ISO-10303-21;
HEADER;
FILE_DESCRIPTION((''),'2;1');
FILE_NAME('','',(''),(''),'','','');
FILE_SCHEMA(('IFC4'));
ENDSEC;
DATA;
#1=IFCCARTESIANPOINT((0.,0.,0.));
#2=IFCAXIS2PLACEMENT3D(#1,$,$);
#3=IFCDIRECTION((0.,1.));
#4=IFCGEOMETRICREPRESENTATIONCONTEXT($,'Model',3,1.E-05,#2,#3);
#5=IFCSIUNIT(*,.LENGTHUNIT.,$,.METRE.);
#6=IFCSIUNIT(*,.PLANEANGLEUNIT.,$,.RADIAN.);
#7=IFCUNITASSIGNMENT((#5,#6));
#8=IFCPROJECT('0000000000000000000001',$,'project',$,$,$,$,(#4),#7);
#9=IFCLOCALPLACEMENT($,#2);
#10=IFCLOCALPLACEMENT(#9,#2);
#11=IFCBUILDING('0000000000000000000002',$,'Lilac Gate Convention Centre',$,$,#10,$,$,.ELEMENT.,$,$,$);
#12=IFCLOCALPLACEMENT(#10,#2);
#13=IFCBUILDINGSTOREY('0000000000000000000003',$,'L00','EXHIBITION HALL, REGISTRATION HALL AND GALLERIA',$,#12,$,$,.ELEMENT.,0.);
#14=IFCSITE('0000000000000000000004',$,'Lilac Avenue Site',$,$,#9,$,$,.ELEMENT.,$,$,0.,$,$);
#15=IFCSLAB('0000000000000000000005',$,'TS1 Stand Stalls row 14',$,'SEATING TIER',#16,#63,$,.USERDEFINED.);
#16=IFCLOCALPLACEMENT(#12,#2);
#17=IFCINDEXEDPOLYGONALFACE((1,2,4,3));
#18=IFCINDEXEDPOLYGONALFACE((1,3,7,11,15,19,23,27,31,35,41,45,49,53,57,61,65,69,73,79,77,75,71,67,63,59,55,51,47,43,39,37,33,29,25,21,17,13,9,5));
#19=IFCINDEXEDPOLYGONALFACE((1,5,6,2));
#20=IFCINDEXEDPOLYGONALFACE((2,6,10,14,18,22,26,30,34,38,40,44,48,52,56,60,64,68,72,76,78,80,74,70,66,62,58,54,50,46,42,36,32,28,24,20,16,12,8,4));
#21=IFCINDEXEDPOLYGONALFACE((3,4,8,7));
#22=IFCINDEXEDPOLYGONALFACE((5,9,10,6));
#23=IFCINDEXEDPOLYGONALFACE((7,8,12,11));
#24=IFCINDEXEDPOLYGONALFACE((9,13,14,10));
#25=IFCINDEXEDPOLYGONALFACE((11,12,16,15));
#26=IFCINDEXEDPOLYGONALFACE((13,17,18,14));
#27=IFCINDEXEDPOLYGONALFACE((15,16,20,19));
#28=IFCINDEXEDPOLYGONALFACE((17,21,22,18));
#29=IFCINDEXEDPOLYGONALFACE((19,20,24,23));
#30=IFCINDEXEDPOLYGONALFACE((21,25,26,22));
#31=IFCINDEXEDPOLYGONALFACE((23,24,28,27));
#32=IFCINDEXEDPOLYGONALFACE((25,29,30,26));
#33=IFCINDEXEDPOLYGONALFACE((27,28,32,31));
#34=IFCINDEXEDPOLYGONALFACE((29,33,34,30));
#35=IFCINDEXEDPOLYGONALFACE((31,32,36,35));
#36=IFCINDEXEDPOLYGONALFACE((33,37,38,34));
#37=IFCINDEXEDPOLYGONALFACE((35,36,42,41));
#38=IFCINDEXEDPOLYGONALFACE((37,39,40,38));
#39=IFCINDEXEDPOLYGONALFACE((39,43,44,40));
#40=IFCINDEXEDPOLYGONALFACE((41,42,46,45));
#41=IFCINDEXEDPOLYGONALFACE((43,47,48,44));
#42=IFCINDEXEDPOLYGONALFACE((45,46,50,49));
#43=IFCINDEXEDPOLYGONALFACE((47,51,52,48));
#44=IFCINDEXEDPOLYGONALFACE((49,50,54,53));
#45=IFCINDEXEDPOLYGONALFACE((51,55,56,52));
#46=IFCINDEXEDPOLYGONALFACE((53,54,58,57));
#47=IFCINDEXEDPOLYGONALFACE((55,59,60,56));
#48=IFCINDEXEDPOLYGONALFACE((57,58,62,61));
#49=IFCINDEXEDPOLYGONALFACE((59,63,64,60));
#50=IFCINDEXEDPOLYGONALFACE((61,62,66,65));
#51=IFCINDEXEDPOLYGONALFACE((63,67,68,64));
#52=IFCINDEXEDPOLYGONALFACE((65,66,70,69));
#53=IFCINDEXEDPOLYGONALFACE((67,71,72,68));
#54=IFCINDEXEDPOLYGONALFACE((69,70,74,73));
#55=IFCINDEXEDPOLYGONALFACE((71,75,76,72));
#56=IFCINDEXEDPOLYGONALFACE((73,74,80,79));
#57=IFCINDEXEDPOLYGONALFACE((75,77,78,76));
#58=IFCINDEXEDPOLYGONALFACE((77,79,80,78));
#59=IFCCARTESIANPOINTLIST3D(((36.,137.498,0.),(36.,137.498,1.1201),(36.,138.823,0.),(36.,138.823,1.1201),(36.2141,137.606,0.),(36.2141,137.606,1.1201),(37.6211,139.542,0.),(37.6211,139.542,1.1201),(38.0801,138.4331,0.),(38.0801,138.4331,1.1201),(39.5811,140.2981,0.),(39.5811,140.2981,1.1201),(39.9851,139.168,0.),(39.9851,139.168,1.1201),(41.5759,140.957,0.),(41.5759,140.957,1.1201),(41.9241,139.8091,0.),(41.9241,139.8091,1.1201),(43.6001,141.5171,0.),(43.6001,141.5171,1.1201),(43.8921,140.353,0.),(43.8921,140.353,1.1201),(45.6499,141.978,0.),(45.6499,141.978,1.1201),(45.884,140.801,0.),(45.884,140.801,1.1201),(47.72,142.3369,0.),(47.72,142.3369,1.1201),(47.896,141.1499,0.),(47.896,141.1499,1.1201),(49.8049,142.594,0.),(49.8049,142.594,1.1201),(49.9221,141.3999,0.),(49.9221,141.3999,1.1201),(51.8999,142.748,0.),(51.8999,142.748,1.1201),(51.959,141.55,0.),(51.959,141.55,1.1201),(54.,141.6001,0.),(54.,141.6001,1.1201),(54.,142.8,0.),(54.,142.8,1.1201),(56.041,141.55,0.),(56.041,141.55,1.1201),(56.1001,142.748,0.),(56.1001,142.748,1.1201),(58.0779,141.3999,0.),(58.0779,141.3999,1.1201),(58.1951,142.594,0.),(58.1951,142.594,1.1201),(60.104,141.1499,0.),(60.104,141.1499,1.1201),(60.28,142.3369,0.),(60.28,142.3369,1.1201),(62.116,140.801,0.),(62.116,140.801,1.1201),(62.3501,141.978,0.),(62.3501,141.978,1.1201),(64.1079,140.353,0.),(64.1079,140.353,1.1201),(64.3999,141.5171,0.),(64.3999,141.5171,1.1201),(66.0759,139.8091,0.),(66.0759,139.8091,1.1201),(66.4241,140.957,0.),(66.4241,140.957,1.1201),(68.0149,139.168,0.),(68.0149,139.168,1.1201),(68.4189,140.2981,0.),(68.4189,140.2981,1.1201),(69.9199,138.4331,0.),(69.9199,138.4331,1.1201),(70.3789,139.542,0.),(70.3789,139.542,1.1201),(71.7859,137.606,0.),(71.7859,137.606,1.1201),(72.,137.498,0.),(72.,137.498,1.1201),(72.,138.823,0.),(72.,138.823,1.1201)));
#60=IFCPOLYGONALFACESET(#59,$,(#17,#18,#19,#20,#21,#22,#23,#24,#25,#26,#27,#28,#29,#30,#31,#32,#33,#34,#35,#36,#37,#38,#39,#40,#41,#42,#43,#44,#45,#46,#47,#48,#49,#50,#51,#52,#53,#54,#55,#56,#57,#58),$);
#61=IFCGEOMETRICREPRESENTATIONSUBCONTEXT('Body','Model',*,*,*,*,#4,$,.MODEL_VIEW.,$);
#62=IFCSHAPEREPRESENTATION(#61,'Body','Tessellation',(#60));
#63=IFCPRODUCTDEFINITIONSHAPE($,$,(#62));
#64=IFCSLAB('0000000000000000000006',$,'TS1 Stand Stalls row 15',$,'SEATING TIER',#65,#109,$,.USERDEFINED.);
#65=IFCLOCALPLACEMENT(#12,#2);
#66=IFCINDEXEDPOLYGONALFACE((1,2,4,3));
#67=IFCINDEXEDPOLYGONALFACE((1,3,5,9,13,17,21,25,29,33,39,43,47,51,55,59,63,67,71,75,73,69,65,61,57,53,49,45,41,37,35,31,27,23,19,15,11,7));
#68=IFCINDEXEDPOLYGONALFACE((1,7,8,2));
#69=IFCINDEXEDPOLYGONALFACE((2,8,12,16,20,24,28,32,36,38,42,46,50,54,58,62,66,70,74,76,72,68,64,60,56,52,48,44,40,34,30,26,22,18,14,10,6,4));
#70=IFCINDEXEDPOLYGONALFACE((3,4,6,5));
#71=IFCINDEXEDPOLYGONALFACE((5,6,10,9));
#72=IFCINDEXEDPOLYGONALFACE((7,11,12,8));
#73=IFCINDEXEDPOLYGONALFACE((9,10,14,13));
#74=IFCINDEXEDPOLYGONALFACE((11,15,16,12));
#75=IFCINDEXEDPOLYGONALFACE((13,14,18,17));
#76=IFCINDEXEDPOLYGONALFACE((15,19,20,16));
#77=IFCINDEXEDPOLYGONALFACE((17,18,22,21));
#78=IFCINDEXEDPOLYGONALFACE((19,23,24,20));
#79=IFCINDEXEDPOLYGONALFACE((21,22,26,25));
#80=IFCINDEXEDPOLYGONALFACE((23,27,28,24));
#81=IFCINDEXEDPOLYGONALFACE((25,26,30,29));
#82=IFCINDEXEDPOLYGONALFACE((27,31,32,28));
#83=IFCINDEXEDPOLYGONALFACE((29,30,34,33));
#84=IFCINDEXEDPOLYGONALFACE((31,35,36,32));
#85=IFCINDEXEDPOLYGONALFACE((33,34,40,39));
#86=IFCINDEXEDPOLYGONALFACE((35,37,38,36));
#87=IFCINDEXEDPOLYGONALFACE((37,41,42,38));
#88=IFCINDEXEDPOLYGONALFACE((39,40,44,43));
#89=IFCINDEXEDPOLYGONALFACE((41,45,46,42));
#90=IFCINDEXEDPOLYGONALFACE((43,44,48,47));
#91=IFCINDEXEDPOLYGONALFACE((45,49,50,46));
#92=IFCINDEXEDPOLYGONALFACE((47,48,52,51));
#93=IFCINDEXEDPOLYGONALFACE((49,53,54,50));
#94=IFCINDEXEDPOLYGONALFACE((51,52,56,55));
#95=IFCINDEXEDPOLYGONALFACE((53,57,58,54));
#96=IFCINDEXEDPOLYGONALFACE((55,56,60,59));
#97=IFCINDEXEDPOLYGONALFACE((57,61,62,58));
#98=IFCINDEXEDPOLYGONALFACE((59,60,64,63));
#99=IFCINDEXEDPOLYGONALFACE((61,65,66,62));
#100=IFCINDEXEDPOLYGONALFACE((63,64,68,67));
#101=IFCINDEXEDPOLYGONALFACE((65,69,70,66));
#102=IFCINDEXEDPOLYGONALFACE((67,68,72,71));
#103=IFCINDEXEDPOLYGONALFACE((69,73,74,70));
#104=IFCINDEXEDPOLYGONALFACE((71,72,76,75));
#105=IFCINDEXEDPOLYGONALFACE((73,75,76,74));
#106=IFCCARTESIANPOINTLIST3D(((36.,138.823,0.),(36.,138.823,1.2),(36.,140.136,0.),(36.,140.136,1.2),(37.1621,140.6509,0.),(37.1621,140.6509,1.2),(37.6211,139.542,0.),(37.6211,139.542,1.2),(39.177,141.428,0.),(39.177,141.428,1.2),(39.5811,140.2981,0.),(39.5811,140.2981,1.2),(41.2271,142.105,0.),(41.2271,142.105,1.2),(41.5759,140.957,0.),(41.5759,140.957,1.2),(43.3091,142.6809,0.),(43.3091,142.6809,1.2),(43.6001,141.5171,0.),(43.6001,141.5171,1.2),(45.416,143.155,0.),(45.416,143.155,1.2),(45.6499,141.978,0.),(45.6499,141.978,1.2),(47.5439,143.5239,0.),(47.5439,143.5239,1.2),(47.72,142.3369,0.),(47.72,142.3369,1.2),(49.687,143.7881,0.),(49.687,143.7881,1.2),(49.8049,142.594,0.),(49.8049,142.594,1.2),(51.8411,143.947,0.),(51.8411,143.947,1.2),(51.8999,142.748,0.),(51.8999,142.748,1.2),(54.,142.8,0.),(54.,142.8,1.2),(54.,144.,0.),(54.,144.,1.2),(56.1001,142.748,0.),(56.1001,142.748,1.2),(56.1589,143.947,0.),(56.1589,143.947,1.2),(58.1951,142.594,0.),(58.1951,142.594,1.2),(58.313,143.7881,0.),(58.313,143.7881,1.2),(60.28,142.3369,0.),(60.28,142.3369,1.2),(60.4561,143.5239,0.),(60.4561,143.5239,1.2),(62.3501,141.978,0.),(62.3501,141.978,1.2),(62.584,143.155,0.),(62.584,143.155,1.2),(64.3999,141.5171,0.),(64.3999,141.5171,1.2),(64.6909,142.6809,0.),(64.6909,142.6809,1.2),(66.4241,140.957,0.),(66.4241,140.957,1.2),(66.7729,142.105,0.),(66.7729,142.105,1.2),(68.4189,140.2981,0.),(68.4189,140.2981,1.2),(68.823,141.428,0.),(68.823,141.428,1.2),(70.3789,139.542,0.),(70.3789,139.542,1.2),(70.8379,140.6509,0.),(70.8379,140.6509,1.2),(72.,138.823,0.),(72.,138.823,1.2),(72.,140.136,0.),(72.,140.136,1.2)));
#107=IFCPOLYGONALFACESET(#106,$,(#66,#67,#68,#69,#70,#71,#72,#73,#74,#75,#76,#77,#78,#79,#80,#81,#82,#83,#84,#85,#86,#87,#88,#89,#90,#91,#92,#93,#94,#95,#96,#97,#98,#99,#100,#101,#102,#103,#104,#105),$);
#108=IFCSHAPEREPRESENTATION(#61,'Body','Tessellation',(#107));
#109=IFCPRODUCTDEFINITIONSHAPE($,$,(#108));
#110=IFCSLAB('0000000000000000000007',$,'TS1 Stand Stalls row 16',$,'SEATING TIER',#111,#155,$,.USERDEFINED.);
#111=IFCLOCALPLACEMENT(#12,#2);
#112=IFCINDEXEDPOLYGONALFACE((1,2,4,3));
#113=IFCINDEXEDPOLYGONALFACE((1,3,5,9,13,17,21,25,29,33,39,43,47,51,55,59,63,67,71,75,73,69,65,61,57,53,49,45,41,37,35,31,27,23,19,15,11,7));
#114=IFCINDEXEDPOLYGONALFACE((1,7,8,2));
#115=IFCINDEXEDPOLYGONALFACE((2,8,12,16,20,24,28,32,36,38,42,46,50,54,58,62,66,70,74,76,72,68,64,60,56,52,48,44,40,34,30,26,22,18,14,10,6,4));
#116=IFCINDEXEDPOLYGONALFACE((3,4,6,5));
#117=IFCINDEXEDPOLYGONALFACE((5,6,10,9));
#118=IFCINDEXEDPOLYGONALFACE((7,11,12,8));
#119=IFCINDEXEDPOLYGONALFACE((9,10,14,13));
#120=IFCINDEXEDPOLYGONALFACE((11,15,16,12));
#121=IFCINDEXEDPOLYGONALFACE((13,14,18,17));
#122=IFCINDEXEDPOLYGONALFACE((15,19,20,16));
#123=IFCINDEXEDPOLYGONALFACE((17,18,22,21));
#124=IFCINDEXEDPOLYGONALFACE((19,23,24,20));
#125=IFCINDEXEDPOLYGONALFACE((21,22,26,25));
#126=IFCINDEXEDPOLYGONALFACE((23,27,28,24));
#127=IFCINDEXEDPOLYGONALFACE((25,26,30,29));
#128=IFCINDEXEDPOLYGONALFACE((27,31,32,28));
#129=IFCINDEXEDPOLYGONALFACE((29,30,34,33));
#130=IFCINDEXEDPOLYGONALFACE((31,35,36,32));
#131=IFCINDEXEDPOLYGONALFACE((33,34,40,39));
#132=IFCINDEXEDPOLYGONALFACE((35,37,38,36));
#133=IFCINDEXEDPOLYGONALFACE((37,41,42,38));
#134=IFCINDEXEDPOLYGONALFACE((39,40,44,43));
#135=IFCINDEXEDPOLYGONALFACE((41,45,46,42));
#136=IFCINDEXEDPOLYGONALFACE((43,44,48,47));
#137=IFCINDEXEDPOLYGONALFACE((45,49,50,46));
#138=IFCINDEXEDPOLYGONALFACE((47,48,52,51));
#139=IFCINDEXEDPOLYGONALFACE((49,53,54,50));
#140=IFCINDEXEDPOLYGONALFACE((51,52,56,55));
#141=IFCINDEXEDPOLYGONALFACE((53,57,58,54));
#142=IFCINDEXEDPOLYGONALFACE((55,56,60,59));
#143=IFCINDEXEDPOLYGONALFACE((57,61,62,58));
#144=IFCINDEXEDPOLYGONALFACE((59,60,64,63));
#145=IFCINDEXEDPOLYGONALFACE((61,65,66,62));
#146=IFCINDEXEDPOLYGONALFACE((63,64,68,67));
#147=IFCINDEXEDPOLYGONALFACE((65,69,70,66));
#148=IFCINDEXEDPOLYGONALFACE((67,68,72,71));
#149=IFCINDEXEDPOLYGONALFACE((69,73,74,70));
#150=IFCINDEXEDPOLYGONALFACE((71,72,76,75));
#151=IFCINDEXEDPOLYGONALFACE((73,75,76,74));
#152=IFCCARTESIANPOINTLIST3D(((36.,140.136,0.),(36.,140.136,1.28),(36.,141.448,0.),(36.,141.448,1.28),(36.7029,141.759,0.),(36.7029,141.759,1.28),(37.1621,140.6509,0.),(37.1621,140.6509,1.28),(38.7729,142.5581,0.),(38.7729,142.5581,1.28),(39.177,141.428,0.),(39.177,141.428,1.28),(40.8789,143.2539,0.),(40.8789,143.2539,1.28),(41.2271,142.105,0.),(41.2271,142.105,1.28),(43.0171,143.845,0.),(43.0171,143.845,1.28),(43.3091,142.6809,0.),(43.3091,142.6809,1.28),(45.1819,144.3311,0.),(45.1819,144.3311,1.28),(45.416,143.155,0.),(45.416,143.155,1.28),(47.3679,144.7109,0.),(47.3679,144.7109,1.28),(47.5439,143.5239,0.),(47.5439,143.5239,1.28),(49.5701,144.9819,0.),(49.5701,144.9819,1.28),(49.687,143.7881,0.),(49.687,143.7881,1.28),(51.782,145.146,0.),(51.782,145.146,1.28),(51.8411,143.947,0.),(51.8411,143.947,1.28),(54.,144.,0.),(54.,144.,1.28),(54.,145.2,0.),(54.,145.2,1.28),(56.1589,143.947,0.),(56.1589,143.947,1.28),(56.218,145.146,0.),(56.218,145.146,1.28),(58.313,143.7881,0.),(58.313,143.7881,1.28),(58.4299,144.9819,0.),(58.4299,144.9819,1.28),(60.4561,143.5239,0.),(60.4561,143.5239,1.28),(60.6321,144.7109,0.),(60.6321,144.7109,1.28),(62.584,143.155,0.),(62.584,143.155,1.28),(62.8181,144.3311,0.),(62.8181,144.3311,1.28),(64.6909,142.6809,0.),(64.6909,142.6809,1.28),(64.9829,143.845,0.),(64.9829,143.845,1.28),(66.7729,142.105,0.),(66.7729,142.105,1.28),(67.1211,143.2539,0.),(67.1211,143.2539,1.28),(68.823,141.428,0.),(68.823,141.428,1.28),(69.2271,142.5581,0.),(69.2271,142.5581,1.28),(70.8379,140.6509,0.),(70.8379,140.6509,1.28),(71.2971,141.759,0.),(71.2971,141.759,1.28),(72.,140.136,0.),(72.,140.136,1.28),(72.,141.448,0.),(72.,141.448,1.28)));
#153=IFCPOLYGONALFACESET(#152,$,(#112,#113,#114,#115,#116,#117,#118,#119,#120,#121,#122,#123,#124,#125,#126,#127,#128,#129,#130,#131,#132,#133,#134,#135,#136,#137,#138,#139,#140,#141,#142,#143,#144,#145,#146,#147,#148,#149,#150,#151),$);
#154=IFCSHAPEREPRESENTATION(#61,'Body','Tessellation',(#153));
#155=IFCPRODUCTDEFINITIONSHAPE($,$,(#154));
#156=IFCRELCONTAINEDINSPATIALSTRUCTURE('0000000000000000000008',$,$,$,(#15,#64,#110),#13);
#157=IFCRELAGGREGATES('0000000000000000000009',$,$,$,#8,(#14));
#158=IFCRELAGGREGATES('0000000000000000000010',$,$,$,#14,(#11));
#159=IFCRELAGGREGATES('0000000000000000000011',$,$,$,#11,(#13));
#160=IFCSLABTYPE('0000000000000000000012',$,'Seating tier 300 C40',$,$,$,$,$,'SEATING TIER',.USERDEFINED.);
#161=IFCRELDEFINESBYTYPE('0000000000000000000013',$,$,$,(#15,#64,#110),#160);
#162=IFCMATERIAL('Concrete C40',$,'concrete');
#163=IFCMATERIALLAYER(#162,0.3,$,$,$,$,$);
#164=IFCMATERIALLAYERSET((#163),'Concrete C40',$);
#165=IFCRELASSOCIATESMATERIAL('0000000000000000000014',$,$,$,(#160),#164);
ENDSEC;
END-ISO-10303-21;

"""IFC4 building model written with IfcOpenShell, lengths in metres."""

from ifc_helpers import new_model, si_unit, direction, origin, place, context, subcontext, project, spatial, polyline, outline, extrude, material, layer, layer_set, type_object, element, save


model = new_model("IFC4")

# Units and contexts
model_context = context("Model", 3, precision=1e-05, world=origin(), true_north=direction((0.0, 1.0)))
body_context = subcontext(model_context, "Body", "Model", "MODEL_VIEW")
ifc_project = project(units=[si_unit("LENGTHUNIT", "METRE"), si_unit("PLANEANGLEUNIT", "RADIAN")], contexts=[model_context])

# Site, building, storey
site_placement = place(None, origin())
site = spatial("IfcSite", under=ifc_project, at=site_placement, Name="Lilac Avenue Site", CompositionType="ELEMENT", RefElevation=0.0)
building_placement = place(site_placement, origin())
building = spatial("IfcBuilding", under=site, at=building_placement, Name="Lilac Gate Convention Centre", CompositionType="ELEMENT")
storey_placement = place(building_placement, origin())
storey = spatial("IfcBuildingStorey", under=building, at=storey_placement, Name="L00", Description="EXHIBITION HALL, REGISTRATION HALL AND GALLERIA", CompositionType="ELEMENT", Elevation=0.0)

# Slabs
ifc_material_1 = material(Name="Concrete C40", Category="concrete")
ifc_layer_1 = layer(ifc_material_1, 0.3)
ifc_layer_set_1 = layer_set([ifc_layer_1], Name="Concrete C40")
slab_type_1 = type_object("IfcSlabType", Name="Seating tier 300 C40", ElementType="SEATING TIER", PredefinedType="USERDEFINED", material=ifc_layer_set_1)
slab_1_placement = place(storey_placement, origin())
element("IfcSlab", 1, at=slab_1_placement, inside=storey, type_object=slab_type_1, Name="TS1 Stand Stalls row 14", ObjectType="SEATING TIER", PredefinedType="USERDEFINED", context=body_context, shape_type="SweptSolid", body=[
    extrude(outline(polyline([(37.6211, 139.542), (39.5811, 140.2981), (41.5759, 140.957), (43.6001, 141.5171), (45.6499, 141.978), (47.72, 142.3369), (49.8049, 142.594), (51.8999, 142.748), (54.0, 142.8), (56.1001, 142.748), (58.1951, 142.594), (60.28, 142.3369), (62.3501, 141.978), (64.3999, 141.5171), (66.4241, 140.957), (68.4189, 140.2981), (70.3789, 139.542), (72.0, 138.823), (72.0, 137.498), (71.7859, 137.606), (69.9199, 138.4331), (68.0149, 139.168), (66.0759, 139.8091), (64.1079, 140.353), (62.116, 140.801), (60.104, 141.1499), (58.0779, 141.3999), (56.041, 141.55), (54.0, 141.6001), (51.959, 141.55), (49.9221, 141.3999), (47.896, 141.1499), (45.884, 140.801), (43.8921, 140.353), (41.9241, 139.8091), (39.9851, 139.168), (38.0801, 138.4331), (36.2141, 137.606), (36.0, 137.498), (36.0, 138.823), (37.6211, 139.542)])), origin(), (0.0, 0.0, 1.0), 1.1201),
])
slab_2_placement = place(storey_placement, origin())
element("IfcSlab", 2, at=slab_2_placement, inside=storey, type_object=slab_type_1, Name="TS1 Stand Stalls row 15", ObjectType="SEATING TIER", PredefinedType="USERDEFINED", context=body_context, shape_type="SweptSolid", body=[
    extrude(outline(polyline([(37.1621, 140.6509), (39.177, 141.428), (41.2271, 142.105), (43.3091, 142.6809), (45.416, 143.155), (47.5439, 143.5239), (49.687, 143.7881), (51.8411, 143.947), (54.0, 144.0), (56.1589, 143.947), (58.313, 143.7881), (60.4561, 143.5239), (62.584, 143.155), (64.6909, 142.6809), (66.7729, 142.105), (68.823, 141.428), (70.8379, 140.6509), (72.0, 140.136), (72.0, 138.823), (70.3789, 139.542), (68.4189, 140.2981), (66.4241, 140.957), (64.3999, 141.5171), (62.3501, 141.978), (60.28, 142.3369), (58.1951, 142.594), (56.1001, 142.748), (54.0, 142.8), (51.8999, 142.748), (49.8049, 142.594), (47.72, 142.3369), (45.6499, 141.978), (43.6001, 141.5171), (41.5759, 140.957), (39.5811, 140.2981), (37.6211, 139.542), (36.0, 138.823), (36.0, 140.136), (37.1621, 140.6509)])), origin(), (0.0, 0.0, 1.0), 1.2),
])
slab_3_placement = place(storey_placement, origin())
element("IfcSlab", 3, at=slab_3_placement, inside=storey, type_object=slab_type_1, Name="TS1 Stand Stalls row 16", ObjectType="SEATING TIER", PredefinedType="USERDEFINED", context=body_context, shape_type="SweptSolid", body=[
    extrude(outline(polyline([(36.7029, 141.759), (38.7729, 142.5581), (40.8789, 143.2539), (43.0171, 143.845), (45.1819, 144.3311), (47.3679, 144.7109), (49.5701, 144.9819), (51.782, 145.146), (54.0, 145.2), (56.218, 145.146), (58.4299, 144.9819), (60.6321, 144.7109), (62.8181, 144.3311), (64.9829, 143.845), (67.1211, 143.2539), (69.2271, 142.5581), (71.2971, 141.759), (72.0, 141.448), (72.0, 140.136), (70.8379, 140.6509), (68.823, 141.428), (66.7729, 142.105), (64.6909, 142.6809), (62.584, 143.155), (60.4561, 143.5239), (58.313, 143.7881), (56.1589, 143.947), (54.0, 144.0), (51.8411, 143.947), (49.687, 143.7881), (47.5439, 143.5239), (45.416, 143.155), (43.3091, 142.6809), (41.2271, 142.105), (39.177, 141.428), (37.1621, 140.6509), (36.0, 140.136), (36.0, 141.448), (36.7029, 141.759)])), origin(), (0.0, 0.0, 1.0), 1.28),
])

save(model, "model.ifc")
